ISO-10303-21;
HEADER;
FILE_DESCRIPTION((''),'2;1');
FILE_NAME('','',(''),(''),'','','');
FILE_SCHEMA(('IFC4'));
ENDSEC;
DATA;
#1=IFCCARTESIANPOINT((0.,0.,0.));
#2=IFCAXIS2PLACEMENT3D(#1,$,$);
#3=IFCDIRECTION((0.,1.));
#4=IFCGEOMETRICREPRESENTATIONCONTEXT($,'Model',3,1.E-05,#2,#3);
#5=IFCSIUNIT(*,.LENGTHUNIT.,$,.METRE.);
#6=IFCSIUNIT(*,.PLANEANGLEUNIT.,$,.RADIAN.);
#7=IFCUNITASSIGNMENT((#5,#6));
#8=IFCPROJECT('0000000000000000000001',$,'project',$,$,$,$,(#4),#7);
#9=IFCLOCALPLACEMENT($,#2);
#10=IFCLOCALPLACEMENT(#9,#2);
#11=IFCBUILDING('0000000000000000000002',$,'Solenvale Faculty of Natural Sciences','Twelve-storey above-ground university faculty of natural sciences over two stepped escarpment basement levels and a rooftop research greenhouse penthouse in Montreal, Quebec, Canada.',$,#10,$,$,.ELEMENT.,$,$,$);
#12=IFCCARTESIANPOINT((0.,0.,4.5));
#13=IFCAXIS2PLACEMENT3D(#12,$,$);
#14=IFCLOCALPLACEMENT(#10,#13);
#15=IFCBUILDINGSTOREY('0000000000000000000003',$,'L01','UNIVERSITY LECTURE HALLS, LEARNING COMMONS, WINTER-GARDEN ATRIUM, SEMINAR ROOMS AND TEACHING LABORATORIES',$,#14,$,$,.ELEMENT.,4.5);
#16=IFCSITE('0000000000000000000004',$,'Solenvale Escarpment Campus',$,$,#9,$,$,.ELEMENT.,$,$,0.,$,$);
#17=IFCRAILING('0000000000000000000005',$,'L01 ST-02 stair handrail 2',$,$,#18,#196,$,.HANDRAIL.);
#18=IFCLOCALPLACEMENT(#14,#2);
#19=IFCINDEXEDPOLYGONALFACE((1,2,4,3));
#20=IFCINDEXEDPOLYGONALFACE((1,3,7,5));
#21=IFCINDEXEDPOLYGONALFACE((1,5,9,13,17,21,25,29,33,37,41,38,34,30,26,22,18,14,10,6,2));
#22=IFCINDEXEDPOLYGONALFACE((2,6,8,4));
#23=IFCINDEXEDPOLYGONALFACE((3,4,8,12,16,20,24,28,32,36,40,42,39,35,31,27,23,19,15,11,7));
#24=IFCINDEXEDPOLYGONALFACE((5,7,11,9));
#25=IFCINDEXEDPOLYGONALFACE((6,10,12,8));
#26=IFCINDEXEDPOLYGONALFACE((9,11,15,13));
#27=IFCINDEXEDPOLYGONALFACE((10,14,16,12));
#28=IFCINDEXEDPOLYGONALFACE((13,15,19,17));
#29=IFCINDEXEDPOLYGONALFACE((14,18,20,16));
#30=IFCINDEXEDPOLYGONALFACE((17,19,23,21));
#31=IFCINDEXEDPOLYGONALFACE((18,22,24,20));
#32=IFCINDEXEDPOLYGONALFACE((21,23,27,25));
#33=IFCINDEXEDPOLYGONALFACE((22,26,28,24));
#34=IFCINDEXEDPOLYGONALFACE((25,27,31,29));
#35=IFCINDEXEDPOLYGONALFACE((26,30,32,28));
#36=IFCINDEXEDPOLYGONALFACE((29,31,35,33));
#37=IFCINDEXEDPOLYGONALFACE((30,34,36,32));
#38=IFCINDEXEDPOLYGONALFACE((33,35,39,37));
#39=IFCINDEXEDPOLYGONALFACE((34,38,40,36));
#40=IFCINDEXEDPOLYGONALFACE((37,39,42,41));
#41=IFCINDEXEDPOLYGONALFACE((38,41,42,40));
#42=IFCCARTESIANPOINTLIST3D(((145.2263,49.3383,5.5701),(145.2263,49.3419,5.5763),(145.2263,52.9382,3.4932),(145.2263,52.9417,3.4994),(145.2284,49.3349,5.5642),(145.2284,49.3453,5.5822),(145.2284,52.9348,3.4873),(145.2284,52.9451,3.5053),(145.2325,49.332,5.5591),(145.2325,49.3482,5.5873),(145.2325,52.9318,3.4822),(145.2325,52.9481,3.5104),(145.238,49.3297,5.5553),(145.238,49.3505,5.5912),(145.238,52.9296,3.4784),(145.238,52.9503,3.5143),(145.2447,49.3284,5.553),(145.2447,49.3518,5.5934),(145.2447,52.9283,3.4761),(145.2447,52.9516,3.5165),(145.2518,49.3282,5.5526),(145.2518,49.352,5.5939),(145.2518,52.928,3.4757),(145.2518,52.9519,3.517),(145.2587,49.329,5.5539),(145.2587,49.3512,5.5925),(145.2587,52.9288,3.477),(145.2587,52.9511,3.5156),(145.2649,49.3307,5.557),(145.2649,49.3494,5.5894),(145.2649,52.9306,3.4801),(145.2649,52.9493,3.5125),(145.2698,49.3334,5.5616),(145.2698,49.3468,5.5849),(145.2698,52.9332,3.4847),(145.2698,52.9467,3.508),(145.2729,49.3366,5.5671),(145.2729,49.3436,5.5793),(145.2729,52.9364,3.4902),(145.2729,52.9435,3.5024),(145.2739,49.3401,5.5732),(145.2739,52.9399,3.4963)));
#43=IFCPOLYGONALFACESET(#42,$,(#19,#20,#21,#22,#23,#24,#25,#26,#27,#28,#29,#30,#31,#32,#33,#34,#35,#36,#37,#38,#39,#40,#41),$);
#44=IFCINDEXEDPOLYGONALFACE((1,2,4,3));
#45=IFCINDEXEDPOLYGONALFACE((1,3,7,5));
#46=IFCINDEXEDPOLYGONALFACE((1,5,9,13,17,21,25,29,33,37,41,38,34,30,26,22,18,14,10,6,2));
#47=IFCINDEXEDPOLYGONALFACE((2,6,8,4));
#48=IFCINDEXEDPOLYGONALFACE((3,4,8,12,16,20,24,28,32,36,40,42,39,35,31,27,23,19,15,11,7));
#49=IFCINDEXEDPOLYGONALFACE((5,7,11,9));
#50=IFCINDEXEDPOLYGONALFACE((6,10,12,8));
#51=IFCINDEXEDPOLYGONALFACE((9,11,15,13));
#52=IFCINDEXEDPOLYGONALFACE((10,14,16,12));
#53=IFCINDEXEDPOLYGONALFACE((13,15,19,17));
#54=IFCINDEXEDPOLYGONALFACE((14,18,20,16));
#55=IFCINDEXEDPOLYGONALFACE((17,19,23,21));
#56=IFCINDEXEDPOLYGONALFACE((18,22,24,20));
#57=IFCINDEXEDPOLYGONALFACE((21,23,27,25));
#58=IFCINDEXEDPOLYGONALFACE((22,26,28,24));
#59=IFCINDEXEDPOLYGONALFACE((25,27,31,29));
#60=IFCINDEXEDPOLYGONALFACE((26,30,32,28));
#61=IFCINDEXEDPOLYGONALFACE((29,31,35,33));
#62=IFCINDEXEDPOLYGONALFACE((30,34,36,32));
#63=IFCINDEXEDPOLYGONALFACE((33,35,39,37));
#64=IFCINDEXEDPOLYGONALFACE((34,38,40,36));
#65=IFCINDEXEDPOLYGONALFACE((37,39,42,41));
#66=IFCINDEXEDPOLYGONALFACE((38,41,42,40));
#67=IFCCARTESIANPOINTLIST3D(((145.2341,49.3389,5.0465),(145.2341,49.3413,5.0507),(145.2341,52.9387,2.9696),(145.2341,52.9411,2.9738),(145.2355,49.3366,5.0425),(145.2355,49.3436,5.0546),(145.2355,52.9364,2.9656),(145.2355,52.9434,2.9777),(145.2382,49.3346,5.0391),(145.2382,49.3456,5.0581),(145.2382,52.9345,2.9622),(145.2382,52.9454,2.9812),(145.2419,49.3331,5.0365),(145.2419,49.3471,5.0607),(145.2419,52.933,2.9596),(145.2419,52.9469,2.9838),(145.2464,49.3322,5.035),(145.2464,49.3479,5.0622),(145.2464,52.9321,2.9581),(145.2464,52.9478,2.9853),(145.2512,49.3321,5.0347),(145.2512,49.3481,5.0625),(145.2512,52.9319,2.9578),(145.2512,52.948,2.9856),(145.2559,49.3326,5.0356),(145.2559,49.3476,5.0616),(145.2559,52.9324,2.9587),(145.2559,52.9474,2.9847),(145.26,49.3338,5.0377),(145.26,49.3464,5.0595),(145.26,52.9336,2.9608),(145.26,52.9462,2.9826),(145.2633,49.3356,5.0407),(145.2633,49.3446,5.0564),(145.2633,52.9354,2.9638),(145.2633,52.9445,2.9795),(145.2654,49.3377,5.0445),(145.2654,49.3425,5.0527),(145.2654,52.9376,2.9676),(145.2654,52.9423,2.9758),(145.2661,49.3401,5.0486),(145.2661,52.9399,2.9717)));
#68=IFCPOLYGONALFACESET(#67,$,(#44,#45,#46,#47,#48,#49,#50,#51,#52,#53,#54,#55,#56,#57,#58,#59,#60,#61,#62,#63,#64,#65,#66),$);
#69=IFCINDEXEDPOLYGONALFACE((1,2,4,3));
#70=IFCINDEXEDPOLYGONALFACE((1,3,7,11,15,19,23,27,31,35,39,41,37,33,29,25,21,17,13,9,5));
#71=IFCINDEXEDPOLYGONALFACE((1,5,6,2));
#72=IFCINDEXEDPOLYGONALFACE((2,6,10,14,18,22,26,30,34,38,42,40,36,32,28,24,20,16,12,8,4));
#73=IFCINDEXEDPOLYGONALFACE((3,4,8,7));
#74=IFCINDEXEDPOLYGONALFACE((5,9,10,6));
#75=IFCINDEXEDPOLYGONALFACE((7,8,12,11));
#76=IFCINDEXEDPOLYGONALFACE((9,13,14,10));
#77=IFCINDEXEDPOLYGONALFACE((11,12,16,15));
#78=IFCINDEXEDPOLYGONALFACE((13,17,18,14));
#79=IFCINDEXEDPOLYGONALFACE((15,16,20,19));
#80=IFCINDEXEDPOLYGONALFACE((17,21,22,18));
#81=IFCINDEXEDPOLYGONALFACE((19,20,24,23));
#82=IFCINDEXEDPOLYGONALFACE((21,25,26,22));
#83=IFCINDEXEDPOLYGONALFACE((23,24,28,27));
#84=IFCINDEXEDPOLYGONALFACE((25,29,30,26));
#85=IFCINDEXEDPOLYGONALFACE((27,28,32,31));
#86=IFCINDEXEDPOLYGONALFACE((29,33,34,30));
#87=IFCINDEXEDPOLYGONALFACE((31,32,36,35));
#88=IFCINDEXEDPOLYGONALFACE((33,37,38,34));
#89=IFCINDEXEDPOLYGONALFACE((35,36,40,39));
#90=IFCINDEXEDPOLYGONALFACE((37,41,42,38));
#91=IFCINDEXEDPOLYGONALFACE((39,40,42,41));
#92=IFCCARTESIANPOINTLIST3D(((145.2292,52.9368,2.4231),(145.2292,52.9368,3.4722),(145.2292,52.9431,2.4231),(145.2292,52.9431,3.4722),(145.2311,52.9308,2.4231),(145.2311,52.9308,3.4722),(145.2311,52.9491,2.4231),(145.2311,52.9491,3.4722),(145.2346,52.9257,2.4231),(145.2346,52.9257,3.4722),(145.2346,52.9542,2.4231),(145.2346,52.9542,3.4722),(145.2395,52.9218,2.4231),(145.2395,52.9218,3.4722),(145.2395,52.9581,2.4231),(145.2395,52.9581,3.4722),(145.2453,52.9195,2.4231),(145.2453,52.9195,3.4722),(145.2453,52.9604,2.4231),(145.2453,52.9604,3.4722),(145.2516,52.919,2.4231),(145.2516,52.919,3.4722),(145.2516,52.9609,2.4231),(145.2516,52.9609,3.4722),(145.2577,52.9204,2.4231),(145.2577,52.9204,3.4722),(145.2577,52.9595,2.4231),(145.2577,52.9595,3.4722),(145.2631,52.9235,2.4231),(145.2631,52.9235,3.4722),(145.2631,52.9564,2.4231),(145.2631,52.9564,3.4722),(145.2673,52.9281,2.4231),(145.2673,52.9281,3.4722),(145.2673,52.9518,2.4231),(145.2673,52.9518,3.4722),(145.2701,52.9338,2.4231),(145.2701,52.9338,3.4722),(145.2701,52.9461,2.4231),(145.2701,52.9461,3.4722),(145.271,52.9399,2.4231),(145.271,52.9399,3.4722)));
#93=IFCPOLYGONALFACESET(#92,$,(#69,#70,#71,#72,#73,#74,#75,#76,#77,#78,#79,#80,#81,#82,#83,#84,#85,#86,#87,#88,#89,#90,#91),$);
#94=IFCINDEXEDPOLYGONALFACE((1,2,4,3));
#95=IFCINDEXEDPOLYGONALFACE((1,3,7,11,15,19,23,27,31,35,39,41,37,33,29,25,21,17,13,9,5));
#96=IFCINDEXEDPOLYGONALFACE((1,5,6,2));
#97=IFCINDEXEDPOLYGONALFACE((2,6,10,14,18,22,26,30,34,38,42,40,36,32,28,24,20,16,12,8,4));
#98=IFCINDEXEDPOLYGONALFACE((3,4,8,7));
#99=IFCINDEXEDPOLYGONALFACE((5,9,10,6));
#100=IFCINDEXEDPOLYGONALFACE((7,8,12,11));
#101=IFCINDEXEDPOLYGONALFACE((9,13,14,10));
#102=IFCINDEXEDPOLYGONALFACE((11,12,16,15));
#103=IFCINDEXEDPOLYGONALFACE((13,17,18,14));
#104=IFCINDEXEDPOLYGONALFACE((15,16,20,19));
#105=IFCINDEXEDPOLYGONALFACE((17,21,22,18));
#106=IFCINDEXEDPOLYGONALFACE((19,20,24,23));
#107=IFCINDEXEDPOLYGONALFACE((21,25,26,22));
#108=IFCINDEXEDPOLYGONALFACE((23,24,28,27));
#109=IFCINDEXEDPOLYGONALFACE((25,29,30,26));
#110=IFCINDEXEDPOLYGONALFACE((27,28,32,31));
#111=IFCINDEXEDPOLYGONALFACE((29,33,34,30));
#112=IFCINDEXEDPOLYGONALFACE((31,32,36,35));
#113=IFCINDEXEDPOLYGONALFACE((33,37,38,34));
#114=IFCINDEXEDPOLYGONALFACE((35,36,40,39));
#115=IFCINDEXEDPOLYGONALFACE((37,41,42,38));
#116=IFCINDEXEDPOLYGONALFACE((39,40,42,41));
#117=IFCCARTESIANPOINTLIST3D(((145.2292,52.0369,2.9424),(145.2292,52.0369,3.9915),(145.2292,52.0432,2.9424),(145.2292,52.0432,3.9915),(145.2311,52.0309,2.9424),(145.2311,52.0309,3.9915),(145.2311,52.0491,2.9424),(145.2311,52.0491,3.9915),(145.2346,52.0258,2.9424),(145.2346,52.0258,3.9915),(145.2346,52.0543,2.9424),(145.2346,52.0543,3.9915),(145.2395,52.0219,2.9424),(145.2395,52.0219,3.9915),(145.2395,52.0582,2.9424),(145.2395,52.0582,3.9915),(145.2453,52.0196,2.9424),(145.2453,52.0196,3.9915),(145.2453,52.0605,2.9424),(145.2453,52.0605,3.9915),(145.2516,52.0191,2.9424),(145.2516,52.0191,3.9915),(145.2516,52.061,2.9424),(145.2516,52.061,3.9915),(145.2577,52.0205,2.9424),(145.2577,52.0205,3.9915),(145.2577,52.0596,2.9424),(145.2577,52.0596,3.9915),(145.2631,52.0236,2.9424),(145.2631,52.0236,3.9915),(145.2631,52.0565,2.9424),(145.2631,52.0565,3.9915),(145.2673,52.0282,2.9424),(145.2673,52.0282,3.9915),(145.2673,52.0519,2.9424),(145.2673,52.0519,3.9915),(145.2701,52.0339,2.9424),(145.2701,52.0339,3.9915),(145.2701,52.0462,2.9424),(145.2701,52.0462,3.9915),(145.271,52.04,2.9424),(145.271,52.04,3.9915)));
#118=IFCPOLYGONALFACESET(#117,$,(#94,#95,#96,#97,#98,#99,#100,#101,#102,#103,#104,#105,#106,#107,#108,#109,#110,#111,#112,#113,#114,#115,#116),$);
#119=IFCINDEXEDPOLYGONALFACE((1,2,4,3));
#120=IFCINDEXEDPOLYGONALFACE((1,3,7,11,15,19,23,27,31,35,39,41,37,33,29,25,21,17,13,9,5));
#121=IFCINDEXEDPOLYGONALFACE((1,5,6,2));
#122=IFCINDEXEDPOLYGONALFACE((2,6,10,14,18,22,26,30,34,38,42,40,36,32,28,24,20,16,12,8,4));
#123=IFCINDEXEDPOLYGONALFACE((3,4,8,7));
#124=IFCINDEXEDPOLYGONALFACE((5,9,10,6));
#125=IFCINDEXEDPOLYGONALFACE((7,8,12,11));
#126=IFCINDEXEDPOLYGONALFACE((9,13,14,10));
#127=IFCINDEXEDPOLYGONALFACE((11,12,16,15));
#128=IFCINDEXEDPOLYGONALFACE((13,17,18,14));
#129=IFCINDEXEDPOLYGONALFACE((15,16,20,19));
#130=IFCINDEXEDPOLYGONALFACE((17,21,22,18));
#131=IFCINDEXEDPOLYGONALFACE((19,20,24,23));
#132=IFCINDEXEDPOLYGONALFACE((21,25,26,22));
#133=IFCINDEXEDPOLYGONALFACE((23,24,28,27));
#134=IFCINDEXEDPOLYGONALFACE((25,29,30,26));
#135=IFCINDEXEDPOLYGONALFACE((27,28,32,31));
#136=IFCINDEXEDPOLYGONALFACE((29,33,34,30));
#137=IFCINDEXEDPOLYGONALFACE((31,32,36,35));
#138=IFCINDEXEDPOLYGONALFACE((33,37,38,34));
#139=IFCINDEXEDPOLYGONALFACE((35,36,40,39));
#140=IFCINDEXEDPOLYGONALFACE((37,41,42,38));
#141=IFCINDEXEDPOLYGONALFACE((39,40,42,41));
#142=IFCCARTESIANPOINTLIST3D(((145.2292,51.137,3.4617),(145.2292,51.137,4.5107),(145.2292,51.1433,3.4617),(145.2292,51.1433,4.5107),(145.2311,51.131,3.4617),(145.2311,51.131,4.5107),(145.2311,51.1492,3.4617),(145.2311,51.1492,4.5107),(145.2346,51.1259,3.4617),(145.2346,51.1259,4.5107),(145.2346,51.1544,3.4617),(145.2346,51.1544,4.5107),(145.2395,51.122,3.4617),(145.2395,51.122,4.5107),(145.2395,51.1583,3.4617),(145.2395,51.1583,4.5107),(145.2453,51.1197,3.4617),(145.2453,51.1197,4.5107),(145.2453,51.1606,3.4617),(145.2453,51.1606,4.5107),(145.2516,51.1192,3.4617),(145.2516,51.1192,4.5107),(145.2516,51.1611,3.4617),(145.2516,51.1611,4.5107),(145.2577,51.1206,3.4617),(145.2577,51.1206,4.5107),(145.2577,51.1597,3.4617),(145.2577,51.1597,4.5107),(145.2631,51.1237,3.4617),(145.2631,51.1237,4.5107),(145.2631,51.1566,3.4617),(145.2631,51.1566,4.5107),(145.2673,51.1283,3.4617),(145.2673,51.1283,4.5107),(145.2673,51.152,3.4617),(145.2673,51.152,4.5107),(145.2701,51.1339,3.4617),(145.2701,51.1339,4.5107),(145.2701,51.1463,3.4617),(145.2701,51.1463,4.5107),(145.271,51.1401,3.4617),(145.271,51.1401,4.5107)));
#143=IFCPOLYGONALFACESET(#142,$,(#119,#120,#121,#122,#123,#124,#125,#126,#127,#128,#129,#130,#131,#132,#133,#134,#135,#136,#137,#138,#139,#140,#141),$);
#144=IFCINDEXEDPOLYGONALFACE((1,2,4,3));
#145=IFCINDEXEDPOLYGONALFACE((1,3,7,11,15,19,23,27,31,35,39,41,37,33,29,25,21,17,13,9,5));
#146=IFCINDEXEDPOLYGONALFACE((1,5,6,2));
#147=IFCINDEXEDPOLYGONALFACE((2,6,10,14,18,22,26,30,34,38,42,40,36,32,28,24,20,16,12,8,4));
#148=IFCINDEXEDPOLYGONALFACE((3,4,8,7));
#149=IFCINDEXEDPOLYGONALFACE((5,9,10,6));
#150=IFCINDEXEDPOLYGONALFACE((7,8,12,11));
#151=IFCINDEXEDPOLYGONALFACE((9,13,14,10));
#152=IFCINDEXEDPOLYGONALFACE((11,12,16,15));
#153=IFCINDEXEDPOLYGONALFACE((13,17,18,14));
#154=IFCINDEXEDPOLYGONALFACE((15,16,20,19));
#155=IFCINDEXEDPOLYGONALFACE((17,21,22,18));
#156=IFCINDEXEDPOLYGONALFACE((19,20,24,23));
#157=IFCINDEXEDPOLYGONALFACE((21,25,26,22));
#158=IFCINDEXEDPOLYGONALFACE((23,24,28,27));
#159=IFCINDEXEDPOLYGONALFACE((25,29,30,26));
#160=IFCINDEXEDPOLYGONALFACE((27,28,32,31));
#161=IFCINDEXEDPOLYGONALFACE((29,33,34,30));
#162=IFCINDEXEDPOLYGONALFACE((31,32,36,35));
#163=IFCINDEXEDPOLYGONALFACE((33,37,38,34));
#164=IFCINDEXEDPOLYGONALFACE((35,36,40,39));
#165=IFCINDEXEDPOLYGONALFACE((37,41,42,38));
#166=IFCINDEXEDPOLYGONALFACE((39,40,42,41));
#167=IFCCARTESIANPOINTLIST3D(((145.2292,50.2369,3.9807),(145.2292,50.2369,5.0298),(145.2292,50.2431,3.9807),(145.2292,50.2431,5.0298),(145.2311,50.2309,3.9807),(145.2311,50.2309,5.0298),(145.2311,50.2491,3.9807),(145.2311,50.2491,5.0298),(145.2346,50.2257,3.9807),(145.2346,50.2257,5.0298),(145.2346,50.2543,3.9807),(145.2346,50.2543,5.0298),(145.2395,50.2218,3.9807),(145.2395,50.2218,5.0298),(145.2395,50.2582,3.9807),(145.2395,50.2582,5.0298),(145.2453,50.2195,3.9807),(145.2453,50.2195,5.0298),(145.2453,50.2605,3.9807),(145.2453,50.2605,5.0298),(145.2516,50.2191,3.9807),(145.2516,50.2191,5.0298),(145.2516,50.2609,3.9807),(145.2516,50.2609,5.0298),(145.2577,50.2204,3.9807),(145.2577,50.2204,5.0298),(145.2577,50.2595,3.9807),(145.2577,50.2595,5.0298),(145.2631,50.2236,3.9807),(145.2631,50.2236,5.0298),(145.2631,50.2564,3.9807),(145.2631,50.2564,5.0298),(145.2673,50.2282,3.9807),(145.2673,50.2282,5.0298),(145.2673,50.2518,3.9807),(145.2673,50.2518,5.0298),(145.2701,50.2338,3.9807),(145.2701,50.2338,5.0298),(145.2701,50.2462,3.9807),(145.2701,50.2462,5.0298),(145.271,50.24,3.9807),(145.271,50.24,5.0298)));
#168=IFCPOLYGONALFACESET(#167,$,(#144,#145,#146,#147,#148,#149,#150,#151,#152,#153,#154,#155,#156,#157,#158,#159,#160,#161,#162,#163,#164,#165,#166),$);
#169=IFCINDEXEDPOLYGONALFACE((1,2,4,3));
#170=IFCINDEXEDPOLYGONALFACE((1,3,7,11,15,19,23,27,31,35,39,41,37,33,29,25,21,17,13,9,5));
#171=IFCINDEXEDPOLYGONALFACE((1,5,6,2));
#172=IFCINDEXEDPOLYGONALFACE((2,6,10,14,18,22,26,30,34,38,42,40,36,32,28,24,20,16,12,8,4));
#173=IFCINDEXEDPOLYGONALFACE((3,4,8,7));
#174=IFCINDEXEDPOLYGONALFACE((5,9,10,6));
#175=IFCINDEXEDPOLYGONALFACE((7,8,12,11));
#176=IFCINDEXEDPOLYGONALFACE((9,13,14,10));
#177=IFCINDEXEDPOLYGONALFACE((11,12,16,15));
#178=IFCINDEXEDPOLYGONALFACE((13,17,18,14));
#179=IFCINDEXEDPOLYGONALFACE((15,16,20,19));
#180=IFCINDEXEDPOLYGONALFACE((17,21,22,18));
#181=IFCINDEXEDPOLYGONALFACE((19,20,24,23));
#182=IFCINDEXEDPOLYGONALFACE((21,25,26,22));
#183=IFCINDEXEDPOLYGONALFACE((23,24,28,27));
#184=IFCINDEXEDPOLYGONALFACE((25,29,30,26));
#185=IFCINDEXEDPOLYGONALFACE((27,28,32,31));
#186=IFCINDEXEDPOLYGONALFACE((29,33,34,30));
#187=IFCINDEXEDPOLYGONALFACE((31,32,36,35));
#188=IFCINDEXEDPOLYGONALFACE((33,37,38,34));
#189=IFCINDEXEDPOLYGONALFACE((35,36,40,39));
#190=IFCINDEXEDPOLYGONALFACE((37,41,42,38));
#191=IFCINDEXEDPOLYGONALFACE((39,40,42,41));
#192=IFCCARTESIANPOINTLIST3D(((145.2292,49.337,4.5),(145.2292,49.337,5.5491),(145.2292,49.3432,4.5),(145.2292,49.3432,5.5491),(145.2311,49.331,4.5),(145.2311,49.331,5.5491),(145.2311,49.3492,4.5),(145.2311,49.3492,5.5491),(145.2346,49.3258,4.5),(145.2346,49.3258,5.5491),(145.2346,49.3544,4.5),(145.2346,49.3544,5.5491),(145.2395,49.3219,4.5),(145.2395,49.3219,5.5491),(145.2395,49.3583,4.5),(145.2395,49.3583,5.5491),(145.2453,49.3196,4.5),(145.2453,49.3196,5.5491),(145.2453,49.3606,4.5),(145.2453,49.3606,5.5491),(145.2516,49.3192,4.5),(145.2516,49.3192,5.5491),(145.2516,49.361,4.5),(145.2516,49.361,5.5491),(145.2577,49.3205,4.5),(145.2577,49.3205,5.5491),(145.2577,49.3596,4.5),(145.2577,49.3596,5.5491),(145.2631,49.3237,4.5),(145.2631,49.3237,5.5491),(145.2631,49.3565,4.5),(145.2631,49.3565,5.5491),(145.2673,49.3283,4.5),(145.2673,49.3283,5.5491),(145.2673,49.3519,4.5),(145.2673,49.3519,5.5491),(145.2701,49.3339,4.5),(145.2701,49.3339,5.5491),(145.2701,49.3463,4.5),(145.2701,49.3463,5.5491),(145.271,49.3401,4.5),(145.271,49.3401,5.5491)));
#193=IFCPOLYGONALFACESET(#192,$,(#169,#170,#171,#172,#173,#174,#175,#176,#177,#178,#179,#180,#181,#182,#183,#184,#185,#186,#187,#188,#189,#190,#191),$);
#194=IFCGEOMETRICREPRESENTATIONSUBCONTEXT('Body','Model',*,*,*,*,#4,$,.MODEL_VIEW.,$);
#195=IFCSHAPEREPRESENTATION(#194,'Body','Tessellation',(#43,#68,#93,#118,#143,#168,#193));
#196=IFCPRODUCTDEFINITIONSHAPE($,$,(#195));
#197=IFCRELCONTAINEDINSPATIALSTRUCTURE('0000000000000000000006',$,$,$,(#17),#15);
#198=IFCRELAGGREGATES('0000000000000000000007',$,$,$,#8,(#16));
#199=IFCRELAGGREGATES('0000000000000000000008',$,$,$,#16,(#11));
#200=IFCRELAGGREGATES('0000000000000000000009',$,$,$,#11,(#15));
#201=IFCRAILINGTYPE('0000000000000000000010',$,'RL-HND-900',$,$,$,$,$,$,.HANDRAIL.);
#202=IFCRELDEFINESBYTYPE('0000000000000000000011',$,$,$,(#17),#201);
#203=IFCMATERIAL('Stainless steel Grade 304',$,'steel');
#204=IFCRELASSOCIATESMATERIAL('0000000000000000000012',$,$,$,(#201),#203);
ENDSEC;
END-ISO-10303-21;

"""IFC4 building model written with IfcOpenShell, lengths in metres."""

from ifc_helpers import new_model, si_unit, direction, frame, origin, origin_2d, place, context, subcontext, project, spatial, circle, extrude, material, type_object, element, save


model = new_model("IFC4")

# Units and contexts
model_context = context("Model", 3, precision=1e-05, world=origin(), true_north=direction((0.0, 1.0)))
body_context = subcontext(model_context, "Body", "Model", "MODEL_VIEW")
ifc_project = project(units=[si_unit("LENGTHUNIT", "METRE"), si_unit("PLANEANGLEUNIT", "RADIAN")], contexts=[model_context])

# Site, building, storey
site_placement = place(None, origin())
site = spatial("IfcSite", under=ifc_project, at=site_placement, Name="Solenvale Escarpment Campus", CompositionType="ELEMENT", RefElevation=0.0)
building_placement = place(site_placement, origin())
building = spatial("IfcBuilding", under=site, at=building_placement, Name="Solenvale Faculty of Natural Sciences", Description="Twelve-storey above-ground university faculty of natural sciences over two stepped escarpment basement levels and a rooftop research greenhouse penthouse in Montreal, Quebec, Canada.", CompositionType="ELEMENT")
storey_placement = place(building_placement, frame((0.0, 0.0, 4.5)))
storey = spatial("IfcBuildingStorey", under=building, at=storey_placement, Name="L01", Description="UNIVERSITY LECTURE HALLS, LEARNING COMMONS, WINTER-GARDEN ATRIUM, SEMINAR ROOMS AND TEACHING LABORATORIES", CompositionType="ELEMENT", Elevation=4.5)

# Railing
ifc_material_1 = material(Name="Stainless steel Grade 304", Category="steel")
railing_type_1 = type_object("IfcRailingType", Name="RL-HND-900", PredefinedType="HANDRAIL", material=ifc_material_1)
railing_1_placement = place(storey_placement, frame((145.25, 52.9399, 2.4231)))
element("IfcRailing", 1, at=railing_1_placement, inside=storey, type_object=railing_type_1, Name="L01 ST-02 stair handrail 2", PredefinedType="HANDRAIL", context=body_context, shape_type="SweptSolid", body=[
    extrude(circle(Radius=0.0239, at=origin_2d()), frame((0.0, 0.0, 1.0732), z_axis=(0.0, -0.866179, 0.499734), x_axis=(1.0, 0.0, 0.0)), (0.0, 0.0, 1.0), 4.156),
    extrude(circle(Radius=0.0161, at=origin_2d()), frame((0.0, 0.0, 0.5486), z_axis=(0.0, -0.866179, 0.499734), x_axis=(1.0, 0.0, 0.0)), (0.0, 0.0, 1.0), 4.156),
    extrude(circle(Radius=0.021, at=origin_2d()), origin(), (0.0, 0.0, 1.0), 1.0491),
    extrude(circle(Radius=0.021, at=origin_2d()), frame((0.0, -0.8999, 0.5193)), (0.0, 0.0, 1.0), 1.0491),
    extrude(circle(Radius=0.021, at=origin_2d()), frame((0.0, -1.7998, 1.0386)), (0.0, 0.0, 1.0), 1.0491),
    extrude(circle(Radius=0.021, at=origin_2d()), frame((0.0, -2.7, 1.5576)), (0.0, 0.0, 1.0), 1.0491),
    extrude(circle(Radius=0.021, at=origin_2d()), frame((0.0, -3.5999, 2.0769)), (0.0, 0.0, 1.0), 1.0491),
])

save(model, "model.ifc")
